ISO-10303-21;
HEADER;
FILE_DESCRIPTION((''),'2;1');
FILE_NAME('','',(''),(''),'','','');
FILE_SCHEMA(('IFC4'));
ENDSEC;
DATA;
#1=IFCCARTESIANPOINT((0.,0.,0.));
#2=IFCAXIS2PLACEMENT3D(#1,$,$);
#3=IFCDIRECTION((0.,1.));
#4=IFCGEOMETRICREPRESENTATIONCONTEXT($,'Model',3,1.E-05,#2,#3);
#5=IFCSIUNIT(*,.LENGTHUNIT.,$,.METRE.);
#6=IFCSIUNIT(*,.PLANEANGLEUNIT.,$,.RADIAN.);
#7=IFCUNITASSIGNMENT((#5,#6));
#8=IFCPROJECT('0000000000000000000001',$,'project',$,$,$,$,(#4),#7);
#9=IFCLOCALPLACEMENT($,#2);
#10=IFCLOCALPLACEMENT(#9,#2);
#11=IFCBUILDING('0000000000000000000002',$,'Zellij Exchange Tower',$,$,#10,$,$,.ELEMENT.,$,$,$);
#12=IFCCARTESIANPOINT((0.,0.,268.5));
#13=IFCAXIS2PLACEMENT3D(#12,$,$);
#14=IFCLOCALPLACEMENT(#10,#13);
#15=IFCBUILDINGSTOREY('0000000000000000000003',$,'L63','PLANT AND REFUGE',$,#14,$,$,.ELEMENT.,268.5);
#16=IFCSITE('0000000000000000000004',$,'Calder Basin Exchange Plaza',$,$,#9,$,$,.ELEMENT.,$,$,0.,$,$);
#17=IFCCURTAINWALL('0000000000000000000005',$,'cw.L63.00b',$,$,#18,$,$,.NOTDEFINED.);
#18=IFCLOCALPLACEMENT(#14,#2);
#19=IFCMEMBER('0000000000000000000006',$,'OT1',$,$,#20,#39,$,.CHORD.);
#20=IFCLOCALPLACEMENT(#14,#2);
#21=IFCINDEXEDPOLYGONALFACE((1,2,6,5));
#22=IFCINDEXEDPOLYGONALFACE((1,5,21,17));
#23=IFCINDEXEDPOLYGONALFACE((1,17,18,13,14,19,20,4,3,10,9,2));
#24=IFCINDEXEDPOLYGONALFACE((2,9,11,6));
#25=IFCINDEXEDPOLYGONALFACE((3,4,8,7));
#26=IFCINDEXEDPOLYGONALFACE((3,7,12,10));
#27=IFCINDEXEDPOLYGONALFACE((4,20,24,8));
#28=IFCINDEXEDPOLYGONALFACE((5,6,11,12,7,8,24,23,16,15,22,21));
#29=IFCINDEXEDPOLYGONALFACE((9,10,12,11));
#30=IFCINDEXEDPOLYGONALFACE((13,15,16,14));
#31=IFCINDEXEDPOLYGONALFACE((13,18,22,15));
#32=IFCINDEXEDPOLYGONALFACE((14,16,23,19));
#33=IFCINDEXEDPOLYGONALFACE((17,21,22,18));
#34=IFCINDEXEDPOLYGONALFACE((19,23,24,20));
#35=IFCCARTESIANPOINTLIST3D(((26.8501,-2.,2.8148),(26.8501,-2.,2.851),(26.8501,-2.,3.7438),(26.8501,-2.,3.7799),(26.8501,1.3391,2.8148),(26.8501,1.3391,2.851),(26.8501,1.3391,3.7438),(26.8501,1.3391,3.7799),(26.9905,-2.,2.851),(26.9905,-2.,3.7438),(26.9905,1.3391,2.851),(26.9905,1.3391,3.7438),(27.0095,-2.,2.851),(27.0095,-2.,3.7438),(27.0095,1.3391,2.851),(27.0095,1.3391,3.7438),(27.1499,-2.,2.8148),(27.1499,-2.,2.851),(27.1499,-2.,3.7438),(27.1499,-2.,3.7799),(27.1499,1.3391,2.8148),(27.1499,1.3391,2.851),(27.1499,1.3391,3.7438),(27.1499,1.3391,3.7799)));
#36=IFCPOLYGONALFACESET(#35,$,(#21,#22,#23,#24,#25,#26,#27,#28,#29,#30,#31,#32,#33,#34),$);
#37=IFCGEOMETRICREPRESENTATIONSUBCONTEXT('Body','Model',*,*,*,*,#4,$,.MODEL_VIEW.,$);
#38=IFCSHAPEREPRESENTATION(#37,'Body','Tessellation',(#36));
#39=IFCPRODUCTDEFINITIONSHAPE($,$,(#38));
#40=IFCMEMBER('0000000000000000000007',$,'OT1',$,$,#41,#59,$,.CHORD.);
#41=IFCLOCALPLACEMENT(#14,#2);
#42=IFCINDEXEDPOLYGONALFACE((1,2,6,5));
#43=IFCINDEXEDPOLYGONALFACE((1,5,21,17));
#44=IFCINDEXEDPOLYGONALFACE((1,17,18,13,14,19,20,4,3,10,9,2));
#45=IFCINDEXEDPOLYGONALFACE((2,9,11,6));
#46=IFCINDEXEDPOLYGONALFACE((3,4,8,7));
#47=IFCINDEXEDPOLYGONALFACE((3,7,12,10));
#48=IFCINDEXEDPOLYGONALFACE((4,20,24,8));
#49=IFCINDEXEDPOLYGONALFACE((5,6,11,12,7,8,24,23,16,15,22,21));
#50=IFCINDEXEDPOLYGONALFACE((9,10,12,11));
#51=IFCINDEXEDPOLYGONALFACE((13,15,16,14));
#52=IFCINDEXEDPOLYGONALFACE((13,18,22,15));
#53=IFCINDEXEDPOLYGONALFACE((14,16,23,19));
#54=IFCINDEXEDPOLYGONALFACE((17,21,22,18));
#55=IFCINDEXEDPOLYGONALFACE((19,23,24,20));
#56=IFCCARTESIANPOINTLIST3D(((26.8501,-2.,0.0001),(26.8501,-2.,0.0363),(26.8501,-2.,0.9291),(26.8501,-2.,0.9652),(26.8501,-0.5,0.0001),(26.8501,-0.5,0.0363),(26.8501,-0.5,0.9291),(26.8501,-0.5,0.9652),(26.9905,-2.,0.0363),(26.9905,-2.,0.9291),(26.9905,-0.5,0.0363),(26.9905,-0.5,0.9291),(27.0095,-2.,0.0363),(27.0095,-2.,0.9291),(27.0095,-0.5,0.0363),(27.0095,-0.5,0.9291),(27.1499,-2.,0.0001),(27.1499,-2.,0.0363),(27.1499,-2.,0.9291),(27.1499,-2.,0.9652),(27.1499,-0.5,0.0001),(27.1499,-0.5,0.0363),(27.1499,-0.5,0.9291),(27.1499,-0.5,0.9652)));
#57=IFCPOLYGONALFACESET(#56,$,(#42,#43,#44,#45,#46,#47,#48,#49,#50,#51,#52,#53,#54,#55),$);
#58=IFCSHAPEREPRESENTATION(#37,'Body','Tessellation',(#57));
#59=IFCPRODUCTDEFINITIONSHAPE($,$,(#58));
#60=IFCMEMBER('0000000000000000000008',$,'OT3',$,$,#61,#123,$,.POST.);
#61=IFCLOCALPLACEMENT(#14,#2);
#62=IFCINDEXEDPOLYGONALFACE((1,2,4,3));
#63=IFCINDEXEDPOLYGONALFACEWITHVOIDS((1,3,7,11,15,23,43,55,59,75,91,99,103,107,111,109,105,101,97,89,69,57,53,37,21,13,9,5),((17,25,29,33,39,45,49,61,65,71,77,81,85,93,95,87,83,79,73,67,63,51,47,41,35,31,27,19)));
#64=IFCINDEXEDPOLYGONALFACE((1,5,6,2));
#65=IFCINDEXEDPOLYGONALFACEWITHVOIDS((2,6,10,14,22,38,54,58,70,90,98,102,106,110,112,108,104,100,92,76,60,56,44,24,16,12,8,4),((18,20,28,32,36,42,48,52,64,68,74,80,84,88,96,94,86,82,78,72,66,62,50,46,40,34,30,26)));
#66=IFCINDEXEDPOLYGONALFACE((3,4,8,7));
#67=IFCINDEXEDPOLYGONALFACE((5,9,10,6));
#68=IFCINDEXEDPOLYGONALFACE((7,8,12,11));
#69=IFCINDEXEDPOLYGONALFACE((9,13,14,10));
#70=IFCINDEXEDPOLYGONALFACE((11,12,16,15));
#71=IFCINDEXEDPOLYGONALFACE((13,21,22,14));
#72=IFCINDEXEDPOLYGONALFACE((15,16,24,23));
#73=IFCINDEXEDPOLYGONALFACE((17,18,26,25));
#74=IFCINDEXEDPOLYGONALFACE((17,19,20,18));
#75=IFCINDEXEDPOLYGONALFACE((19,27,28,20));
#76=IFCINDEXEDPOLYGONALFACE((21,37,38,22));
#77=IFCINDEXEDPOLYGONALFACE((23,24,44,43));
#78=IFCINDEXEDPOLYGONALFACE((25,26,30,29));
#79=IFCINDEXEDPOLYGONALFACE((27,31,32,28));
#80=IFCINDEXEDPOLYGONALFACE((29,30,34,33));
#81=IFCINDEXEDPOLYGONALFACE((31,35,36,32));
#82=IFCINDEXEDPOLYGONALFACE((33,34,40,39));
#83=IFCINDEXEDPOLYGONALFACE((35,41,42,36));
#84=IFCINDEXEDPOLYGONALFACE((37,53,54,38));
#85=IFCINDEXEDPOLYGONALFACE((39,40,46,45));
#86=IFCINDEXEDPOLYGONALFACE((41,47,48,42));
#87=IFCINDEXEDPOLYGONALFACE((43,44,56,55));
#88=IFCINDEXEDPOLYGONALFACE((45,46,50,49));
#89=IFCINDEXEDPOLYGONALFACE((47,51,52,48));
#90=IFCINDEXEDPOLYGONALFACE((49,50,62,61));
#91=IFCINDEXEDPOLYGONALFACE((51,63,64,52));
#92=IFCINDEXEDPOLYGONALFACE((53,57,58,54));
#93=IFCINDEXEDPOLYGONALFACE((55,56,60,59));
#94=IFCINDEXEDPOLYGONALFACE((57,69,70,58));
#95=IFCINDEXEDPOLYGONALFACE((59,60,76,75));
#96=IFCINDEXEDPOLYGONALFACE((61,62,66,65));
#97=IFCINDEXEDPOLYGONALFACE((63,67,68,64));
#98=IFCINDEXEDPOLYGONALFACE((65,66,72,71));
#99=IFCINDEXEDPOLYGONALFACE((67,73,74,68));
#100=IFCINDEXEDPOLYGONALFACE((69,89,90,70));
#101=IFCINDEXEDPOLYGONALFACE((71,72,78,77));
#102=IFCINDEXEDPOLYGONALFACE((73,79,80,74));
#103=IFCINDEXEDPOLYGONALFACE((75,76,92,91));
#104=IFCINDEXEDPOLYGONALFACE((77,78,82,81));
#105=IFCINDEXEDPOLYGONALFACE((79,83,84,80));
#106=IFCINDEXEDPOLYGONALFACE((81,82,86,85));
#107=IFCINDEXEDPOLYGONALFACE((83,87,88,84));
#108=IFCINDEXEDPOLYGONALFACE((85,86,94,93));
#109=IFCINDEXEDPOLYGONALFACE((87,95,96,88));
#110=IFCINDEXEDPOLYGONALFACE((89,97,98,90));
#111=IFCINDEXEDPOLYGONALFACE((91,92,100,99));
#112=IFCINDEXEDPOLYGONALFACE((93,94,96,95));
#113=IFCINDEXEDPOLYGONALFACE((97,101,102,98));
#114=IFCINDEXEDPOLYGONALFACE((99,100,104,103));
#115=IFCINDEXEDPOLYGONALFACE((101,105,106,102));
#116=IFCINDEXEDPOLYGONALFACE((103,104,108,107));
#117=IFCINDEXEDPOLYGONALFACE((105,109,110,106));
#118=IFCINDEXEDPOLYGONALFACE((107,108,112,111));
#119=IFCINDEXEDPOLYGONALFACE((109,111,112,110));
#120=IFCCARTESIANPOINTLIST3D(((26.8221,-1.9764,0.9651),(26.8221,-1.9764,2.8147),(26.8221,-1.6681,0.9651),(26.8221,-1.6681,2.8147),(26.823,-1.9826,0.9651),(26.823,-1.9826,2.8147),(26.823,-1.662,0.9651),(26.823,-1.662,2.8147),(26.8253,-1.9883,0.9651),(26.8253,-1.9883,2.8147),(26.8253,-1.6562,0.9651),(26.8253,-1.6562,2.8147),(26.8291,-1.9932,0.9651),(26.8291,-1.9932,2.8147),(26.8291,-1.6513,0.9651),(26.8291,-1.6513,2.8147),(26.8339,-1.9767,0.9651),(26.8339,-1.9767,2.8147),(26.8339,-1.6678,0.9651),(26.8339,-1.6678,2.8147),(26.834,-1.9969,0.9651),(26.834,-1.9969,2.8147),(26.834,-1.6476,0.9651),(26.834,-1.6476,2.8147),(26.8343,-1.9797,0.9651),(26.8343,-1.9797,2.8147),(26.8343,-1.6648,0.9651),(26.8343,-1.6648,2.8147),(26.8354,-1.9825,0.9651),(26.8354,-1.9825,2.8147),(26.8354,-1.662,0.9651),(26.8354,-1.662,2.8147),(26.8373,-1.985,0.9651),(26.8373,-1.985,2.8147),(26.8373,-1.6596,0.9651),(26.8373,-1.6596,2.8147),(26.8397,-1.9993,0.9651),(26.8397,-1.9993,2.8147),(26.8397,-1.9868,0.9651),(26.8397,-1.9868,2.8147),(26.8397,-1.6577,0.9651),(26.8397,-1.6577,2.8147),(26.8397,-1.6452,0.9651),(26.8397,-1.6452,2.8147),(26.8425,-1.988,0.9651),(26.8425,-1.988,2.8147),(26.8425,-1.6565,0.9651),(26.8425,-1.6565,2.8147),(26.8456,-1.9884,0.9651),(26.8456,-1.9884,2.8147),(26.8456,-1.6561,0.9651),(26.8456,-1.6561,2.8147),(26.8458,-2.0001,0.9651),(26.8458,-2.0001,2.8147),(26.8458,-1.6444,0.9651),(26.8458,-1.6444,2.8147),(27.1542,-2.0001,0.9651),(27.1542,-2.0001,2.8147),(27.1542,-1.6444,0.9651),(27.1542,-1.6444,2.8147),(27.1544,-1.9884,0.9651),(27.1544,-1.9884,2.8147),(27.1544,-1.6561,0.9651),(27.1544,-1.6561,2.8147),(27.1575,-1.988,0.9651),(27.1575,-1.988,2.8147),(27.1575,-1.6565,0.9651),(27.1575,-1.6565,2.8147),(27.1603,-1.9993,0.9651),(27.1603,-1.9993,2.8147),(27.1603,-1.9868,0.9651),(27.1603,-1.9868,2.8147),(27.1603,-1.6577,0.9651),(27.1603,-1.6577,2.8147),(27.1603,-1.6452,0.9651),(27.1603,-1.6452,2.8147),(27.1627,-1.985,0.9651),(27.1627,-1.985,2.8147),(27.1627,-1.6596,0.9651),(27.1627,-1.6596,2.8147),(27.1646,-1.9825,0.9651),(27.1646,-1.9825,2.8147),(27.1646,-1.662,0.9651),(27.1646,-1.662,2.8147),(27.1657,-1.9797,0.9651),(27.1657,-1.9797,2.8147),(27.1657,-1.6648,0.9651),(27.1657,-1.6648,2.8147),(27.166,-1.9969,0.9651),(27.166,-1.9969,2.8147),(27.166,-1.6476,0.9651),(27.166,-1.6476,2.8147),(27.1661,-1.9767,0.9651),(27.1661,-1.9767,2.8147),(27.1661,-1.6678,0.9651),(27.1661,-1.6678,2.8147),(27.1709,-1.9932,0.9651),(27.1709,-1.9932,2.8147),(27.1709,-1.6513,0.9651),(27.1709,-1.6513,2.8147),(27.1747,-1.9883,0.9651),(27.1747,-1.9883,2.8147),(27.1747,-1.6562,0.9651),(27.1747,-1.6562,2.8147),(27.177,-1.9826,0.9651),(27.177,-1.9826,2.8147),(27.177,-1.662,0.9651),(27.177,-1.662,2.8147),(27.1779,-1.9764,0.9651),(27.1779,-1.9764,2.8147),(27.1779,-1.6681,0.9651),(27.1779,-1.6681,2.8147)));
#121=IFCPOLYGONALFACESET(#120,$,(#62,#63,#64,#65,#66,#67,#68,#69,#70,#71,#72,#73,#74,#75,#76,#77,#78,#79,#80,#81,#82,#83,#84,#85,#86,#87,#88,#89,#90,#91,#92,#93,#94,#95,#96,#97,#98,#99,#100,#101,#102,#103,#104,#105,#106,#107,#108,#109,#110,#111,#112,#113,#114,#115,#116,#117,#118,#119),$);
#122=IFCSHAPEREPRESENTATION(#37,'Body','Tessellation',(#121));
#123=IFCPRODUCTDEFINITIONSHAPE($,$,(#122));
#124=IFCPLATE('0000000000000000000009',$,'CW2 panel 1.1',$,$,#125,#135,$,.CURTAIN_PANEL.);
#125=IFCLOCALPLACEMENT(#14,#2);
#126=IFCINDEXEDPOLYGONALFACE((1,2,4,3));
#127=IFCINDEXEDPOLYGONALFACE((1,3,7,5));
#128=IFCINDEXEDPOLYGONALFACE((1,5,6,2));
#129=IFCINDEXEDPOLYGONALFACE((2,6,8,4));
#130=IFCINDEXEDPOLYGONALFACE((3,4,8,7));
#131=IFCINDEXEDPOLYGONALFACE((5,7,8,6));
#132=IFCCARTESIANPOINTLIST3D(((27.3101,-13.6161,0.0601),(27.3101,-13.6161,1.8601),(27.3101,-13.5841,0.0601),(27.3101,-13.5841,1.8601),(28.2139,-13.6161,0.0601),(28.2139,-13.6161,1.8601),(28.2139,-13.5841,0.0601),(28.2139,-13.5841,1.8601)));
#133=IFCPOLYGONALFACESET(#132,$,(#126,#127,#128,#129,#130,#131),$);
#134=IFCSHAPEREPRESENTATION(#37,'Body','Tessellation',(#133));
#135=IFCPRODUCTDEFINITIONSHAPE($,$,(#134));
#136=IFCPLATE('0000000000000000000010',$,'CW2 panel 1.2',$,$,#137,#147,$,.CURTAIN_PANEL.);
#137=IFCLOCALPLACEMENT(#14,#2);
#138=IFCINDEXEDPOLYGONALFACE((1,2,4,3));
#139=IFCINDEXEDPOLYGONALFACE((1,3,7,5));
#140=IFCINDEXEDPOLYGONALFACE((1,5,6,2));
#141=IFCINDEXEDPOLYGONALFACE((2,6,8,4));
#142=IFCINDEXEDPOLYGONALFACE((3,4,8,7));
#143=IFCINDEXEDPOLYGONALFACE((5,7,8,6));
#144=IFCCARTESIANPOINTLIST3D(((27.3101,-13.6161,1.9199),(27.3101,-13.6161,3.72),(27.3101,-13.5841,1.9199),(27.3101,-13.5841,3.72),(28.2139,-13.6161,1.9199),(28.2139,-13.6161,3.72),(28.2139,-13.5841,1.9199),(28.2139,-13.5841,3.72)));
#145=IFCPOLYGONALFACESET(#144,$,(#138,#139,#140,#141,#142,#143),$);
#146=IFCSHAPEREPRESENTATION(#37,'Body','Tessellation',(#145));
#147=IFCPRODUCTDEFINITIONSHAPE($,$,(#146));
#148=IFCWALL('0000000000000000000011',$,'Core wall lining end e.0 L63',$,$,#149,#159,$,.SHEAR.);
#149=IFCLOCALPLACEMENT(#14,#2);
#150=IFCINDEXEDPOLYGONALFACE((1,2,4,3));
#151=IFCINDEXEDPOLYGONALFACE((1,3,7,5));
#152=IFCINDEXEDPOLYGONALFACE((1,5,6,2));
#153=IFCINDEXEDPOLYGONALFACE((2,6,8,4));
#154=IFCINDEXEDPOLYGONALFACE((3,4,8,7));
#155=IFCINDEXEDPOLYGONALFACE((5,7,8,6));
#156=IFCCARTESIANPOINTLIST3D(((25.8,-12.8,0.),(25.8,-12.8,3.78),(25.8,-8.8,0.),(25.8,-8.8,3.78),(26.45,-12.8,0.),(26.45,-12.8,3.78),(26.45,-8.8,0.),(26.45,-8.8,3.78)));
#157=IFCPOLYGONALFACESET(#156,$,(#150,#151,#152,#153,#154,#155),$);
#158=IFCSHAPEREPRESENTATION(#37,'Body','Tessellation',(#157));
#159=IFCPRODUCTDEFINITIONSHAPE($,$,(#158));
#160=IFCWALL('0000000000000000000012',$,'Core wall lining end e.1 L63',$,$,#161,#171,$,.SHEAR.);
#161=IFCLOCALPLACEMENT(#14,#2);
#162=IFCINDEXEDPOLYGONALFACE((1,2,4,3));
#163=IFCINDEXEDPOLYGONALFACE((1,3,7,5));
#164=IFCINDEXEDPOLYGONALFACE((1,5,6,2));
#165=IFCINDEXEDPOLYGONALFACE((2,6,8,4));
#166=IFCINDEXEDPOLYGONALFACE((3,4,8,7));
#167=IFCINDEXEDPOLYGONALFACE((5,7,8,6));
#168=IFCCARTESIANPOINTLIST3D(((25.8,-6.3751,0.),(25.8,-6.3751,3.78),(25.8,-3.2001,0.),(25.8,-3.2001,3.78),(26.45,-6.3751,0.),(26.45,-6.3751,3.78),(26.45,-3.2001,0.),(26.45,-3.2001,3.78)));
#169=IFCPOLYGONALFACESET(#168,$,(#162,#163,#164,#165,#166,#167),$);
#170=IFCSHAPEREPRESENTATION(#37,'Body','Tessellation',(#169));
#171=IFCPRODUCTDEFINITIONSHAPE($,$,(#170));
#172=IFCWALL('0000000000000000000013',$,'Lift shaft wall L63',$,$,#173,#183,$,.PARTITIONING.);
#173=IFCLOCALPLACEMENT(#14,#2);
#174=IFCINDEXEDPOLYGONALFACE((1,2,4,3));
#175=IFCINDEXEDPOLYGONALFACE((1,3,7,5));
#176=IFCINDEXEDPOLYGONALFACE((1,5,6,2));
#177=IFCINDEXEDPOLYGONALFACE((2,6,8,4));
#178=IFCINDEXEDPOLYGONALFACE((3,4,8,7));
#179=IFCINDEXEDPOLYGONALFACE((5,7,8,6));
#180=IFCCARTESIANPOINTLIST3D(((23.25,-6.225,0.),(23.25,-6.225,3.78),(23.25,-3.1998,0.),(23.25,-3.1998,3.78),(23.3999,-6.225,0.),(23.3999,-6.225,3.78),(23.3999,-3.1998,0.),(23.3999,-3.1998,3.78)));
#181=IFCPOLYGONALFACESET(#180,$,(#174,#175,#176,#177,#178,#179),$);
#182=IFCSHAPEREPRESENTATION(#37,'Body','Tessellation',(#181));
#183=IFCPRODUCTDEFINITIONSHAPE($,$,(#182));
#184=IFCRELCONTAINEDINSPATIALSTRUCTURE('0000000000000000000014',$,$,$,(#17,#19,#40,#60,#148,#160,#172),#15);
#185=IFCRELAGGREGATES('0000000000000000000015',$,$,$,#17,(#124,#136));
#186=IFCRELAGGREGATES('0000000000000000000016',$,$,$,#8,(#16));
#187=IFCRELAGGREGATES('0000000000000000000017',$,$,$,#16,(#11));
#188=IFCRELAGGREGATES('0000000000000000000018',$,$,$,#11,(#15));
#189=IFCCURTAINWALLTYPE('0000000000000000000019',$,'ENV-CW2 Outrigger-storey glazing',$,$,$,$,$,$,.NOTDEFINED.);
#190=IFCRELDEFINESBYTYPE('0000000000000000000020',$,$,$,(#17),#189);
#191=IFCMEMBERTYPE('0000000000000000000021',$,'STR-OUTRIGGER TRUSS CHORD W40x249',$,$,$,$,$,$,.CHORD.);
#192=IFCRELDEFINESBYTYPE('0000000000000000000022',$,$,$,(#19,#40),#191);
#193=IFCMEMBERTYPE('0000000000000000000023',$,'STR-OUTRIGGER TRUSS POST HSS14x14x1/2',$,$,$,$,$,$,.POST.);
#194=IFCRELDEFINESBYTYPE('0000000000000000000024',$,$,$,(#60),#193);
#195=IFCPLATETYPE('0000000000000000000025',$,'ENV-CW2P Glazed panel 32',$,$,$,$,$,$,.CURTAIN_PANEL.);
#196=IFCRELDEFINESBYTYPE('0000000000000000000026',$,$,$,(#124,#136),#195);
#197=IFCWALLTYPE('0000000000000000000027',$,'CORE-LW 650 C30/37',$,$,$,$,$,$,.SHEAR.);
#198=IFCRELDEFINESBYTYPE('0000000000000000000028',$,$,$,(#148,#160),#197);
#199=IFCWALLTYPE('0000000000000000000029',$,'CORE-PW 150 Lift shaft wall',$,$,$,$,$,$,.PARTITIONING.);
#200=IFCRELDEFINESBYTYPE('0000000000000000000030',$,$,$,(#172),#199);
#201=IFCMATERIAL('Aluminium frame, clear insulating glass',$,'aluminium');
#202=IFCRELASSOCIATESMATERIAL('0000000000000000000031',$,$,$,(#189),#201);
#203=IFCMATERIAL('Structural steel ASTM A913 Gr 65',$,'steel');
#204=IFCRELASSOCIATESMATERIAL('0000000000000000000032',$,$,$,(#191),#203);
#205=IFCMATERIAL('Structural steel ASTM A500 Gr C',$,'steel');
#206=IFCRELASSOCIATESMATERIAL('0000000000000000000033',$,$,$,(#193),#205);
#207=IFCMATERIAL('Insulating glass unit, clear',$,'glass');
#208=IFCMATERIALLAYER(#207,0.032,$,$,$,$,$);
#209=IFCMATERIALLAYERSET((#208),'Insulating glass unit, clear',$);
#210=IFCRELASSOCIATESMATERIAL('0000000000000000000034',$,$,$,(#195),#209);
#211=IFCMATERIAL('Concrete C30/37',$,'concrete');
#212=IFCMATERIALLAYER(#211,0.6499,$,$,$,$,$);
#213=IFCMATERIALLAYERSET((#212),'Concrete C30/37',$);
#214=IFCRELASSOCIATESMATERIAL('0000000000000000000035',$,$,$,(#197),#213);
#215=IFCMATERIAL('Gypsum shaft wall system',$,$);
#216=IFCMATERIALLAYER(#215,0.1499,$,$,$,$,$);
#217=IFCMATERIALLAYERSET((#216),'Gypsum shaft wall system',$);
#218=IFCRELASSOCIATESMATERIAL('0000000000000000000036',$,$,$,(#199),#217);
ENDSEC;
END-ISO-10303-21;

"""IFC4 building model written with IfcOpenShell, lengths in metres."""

from ifc_helpers import new_model, si_unit, direction, frame, frame_2d, origin, origin_2d, place, context, subcontext, project, spatial, rectangle, hollow_rectangle, i_section, extrude, material, layer, layer_set, material_profile, profile_set, type_object, element, aggregate, save


model = new_model("IFC4")

# Units and contexts
model_context = context("Model", 3, precision=1e-05, world=origin(), true_north=direction((0.0, 1.0)))
body_context = subcontext(model_context, "Body", "Model", "MODEL_VIEW")
ifc_project = project(units=[si_unit("LENGTHUNIT", "METRE"), si_unit("PLANEANGLEUNIT", "RADIAN")], contexts=[model_context])

# Site, building, storey
site_placement = place(None, origin())
site = spatial("IfcSite", under=ifc_project, at=site_placement, Name="Calder Basin Exchange Plaza", CompositionType="ELEMENT", RefElevation=0.0)
building_placement = place(site_placement, origin())
building = spatial("IfcBuilding", under=site, at=building_placement, Name="Zellij Exchange Tower", CompositionType="ELEMENT")
storey_placement = place(building_placement, frame((0.0, 0.0, 268.5)))
storey = spatial("IfcBuildingStorey", under=building, at=storey_placement, Name="L63", Description="PLANT AND REFUGE", CompositionType="ELEMENT", Elevation=268.5)

# Curtain wall
ifc_material_1 = material(Name="Aluminium frame, clear insulating glass", Category="aluminium")
curtain_wall_type = type_object("IfcCurtainWallType", Name="ENV-CW2 Outrigger-storey glazing", PredefinedType="NOTDEFINED", material=ifc_material_1)
curtain_wall_placement = place(storey_placement, origin())
curtain_wall = element("IfcCurtainWall", 1, at=curtain_wall_placement, inside=storey, type_object=curtain_wall_type, Name="cw.L63.00b", PredefinedType="NOTDEFINED")

# Members
ifc_material_2 = material(Name="Structural steel ASTM A913 Gr 65", Category="steel")
ifc_material_profile_1 = material_profile(ifc_material_2, i_section(OverallWidth=0.2998, OverallDepth=0.9651, WebThickness=0.019, FlangeThickness=0.0361, at=origin_2d()), Name="W40x249")
ifc_profile_set_1 = profile_set([ifc_material_profile_1], Name="Structural steel ASTM A913 Gr 65")
member_type_1 = type_object("IfcMemberType", Name="STR-OUTRIGGER TRUSS CHORD W40x249", PredefinedType="CHORD", material=ifc_profile_set_1)
member_1_placement = place(storey_placement, frame((27.0, -2.0, 3.2974), z_axis=(0.0, 1.0, 0.0), x_axis=(-1.0, 0.0, 0.0)))
element("IfcMember", 2, at=member_1_placement, inside=storey, type_object=member_type_1, Name="OT1", PredefinedType="CHORD", context=body_context, shape_type="SweptSolid", body=[
    extrude(i_section(OverallWidth=0.2998, OverallDepth=0.9651, WebThickness=0.019, FlangeThickness=0.0361, at=origin_2d()), origin(), (0.0, 0.0, 1.0), 3.3391),
])
member_2_placement = place(storey_placement, frame((27.0, -2.0, 0.4827), z_axis=(0.0, 1.0, 0.0), x_axis=(-1.0, 0.0, 0.0)))
element("IfcMember", 3, at=member_2_placement, inside=storey, type_object=member_type_1, Name="OT1", PredefinedType="CHORD", context=body_context, shape_type="SweptSolid", body=[
    extrude(i_section(OverallWidth=0.2998, OverallDepth=0.9651, WebThickness=0.019, FlangeThickness=0.0361, at=origin_2d()), origin(), (0.0, 0.0, 1.0), 1.5),
])
ifc_material_3 = material(Name="Structural steel ASTM A500 Gr C", Category="steel")
ifc_material_profile_2 = material_profile(ifc_material_3, hollow_rectangle(XDim=0.3557, YDim=0.3557, WallThickness=0.0117, InnerFilletRadius=0.0117, OuterFilletRadius=0.0237, at=origin_2d()), Name="STR-OUTRIGGER TRUSS POST HSS14x14x1/2")
ifc_profile_set_2 = profile_set([ifc_material_profile_2], Name="Structural steel ASTM A500 Gr C")
member_type_2 = type_object("IfcMemberType", Name="STR-OUTRIGGER TRUSS POST HSS14x14x1/2", PredefinedType="POST", material=ifc_profile_set_2)
member_3_placement = place(storey_placement, frame((27.0, -1.8223, 0.9651), z_axis=(0.0, 0.0, 1.0), x_axis=(1.0, 0.0, 0.0)))
element("IfcMember", 4, at=member_3_placement, inside=storey, type_object=member_type_2, Name="OT3", PredefinedType="POST", context=body_context, shape_type="SweptSolid", body=[
    extrude(hollow_rectangle(XDim=0.3557, YDim=0.3557, WallThickness=0.0117, InnerFilletRadius=0.0117, OuterFilletRadius=0.0237, at=origin_2d()), origin(), (0.0, 0.0, 1.0), 1.8496),
])

# Plates
ifc_material_4 = material(Name="Insulating glass unit, clear", Category="glass")
ifc_layer_1 = layer(ifc_material_4, 0.032)
ifc_layer_set_1 = layer_set([ifc_layer_1], Name="Insulating glass unit, clear")
plate_type = type_object("IfcPlateType", Name="ENV-CW2P Glazed panel 32", PredefinedType="CURTAIN_PANEL", material=ifc_layer_set_1)
plate_1_placement = place(storey_placement, frame((27.762, -13.6001, 0.0601), z_axis=(0.0, 0.0, 1.0), x_axis=(1.0, 0.0, 0.0)))
plate_1 = element("IfcPlate", 5, at=plate_1_placement, type_object=plate_type, Name="CW2 panel 1.1", PredefinedType="CURTAIN_PANEL", context=body_context, shape_type="SweptSolid", body=[
    extrude(rectangle(XDim=0.9038, YDim=0.032, at=origin_2d()), origin(), (0.0, 0.0, 1.0), 1.8),
])
plate_2_placement = place(storey_placement, frame((27.762, -13.6001, 1.9199), z_axis=(0.0, 0.0, 1.0), x_axis=(1.0, 0.0, 0.0)))
plate_2 = element("IfcPlate", 6, at=plate_2_placement, type_object=plate_type, Name="CW2 panel 1.2", PredefinedType="CURTAIN_PANEL", context=body_context, shape_type="SweptSolid", body=[
    extrude(rectangle(XDim=0.9038, YDim=0.032, at=origin_2d()), origin(), (0.0, 0.0, 1.0), 1.8),
])
aggregate(curtain_wall, [plate_1, plate_2])

# Walls
ifc_material_5 = material(Name="Concrete C30/37", Category="concrete")
ifc_layer_2 = layer(ifc_material_5, 0.6499)
ifc_layer_set_2 = layer_set([ifc_layer_2], Name="Concrete C30/37")
wall_type_1 = type_object("IfcWallType", Name="CORE-LW 650 C30/37", PredefinedType="SHEAR", material=ifc_layer_set_2)
wall_1_placement = place(storey_placement, frame((26.125, -12.8, 0.0), z_axis=(0.0, 0.0, 1.0), x_axis=(0.0, 1.0, 0.0)))
element("IfcWall", 7, at=wall_1_placement, inside=storey, type_object=wall_type_1, Name="Core wall lining end e.0 L63", PredefinedType="SHEAR", context=body_context, shape_type="SweptSolid", body=[
    extrude(rectangle(XDim=4.0, YDim=0.6499, at=frame_2d((2.0, 0.0))), origin(), (0.0, 0.0, 1.0), 3.78),
])
wall_2_placement = place(storey_placement, frame((26.125, -6.375, 0.0), z_axis=(0.0, 0.0, 1.0), x_axis=(0.0, 1.0, 0.0)))
element("IfcWall", 8, at=wall_2_placement, inside=storey, type_object=wall_type_1, Name="Core wall lining end e.1 L63", PredefinedType="SHEAR", context=body_context, shape_type="SweptSolid", body=[
    extrude(rectangle(XDim=3.175, YDim=0.6499, at=frame_2d((1.5874, 0.0))), origin(), (0.0, 0.0, 1.0), 3.78),
])
ifc_material_6 = material(Name="Gypsum shaft wall system")
ifc_layer_3 = layer(ifc_material_6, 0.1499)
ifc_layer_set_3 = layer_set([ifc_layer_3], Name="Gypsum shaft wall system")
wall_type_2 = type_object("IfcWallType", Name="CORE-PW 150 Lift shaft wall", PredefinedType="PARTITIONING", material=ifc_layer_set_3)
wall_3_placement = place(storey_placement, frame((23.325, -6.2251, 0.0), z_axis=(0.0, 0.0, 1.0), x_axis=(0.0, 1.0, 0.0)))
element("IfcWall", 9, at=wall_3_placement, inside=storey, type_object=wall_type_2, Name="Lift shaft wall L63", PredefinedType="PARTITIONING", context=body_context, shape_type="SweptSolid", body=[
    extrude(rectangle(XDim=3.0251, YDim=0.1499, at=frame_2d((1.5127, 0.0))), origin(), (0.0, 0.0, 1.0), 3.78),
])

save(model, "model.ifc")
